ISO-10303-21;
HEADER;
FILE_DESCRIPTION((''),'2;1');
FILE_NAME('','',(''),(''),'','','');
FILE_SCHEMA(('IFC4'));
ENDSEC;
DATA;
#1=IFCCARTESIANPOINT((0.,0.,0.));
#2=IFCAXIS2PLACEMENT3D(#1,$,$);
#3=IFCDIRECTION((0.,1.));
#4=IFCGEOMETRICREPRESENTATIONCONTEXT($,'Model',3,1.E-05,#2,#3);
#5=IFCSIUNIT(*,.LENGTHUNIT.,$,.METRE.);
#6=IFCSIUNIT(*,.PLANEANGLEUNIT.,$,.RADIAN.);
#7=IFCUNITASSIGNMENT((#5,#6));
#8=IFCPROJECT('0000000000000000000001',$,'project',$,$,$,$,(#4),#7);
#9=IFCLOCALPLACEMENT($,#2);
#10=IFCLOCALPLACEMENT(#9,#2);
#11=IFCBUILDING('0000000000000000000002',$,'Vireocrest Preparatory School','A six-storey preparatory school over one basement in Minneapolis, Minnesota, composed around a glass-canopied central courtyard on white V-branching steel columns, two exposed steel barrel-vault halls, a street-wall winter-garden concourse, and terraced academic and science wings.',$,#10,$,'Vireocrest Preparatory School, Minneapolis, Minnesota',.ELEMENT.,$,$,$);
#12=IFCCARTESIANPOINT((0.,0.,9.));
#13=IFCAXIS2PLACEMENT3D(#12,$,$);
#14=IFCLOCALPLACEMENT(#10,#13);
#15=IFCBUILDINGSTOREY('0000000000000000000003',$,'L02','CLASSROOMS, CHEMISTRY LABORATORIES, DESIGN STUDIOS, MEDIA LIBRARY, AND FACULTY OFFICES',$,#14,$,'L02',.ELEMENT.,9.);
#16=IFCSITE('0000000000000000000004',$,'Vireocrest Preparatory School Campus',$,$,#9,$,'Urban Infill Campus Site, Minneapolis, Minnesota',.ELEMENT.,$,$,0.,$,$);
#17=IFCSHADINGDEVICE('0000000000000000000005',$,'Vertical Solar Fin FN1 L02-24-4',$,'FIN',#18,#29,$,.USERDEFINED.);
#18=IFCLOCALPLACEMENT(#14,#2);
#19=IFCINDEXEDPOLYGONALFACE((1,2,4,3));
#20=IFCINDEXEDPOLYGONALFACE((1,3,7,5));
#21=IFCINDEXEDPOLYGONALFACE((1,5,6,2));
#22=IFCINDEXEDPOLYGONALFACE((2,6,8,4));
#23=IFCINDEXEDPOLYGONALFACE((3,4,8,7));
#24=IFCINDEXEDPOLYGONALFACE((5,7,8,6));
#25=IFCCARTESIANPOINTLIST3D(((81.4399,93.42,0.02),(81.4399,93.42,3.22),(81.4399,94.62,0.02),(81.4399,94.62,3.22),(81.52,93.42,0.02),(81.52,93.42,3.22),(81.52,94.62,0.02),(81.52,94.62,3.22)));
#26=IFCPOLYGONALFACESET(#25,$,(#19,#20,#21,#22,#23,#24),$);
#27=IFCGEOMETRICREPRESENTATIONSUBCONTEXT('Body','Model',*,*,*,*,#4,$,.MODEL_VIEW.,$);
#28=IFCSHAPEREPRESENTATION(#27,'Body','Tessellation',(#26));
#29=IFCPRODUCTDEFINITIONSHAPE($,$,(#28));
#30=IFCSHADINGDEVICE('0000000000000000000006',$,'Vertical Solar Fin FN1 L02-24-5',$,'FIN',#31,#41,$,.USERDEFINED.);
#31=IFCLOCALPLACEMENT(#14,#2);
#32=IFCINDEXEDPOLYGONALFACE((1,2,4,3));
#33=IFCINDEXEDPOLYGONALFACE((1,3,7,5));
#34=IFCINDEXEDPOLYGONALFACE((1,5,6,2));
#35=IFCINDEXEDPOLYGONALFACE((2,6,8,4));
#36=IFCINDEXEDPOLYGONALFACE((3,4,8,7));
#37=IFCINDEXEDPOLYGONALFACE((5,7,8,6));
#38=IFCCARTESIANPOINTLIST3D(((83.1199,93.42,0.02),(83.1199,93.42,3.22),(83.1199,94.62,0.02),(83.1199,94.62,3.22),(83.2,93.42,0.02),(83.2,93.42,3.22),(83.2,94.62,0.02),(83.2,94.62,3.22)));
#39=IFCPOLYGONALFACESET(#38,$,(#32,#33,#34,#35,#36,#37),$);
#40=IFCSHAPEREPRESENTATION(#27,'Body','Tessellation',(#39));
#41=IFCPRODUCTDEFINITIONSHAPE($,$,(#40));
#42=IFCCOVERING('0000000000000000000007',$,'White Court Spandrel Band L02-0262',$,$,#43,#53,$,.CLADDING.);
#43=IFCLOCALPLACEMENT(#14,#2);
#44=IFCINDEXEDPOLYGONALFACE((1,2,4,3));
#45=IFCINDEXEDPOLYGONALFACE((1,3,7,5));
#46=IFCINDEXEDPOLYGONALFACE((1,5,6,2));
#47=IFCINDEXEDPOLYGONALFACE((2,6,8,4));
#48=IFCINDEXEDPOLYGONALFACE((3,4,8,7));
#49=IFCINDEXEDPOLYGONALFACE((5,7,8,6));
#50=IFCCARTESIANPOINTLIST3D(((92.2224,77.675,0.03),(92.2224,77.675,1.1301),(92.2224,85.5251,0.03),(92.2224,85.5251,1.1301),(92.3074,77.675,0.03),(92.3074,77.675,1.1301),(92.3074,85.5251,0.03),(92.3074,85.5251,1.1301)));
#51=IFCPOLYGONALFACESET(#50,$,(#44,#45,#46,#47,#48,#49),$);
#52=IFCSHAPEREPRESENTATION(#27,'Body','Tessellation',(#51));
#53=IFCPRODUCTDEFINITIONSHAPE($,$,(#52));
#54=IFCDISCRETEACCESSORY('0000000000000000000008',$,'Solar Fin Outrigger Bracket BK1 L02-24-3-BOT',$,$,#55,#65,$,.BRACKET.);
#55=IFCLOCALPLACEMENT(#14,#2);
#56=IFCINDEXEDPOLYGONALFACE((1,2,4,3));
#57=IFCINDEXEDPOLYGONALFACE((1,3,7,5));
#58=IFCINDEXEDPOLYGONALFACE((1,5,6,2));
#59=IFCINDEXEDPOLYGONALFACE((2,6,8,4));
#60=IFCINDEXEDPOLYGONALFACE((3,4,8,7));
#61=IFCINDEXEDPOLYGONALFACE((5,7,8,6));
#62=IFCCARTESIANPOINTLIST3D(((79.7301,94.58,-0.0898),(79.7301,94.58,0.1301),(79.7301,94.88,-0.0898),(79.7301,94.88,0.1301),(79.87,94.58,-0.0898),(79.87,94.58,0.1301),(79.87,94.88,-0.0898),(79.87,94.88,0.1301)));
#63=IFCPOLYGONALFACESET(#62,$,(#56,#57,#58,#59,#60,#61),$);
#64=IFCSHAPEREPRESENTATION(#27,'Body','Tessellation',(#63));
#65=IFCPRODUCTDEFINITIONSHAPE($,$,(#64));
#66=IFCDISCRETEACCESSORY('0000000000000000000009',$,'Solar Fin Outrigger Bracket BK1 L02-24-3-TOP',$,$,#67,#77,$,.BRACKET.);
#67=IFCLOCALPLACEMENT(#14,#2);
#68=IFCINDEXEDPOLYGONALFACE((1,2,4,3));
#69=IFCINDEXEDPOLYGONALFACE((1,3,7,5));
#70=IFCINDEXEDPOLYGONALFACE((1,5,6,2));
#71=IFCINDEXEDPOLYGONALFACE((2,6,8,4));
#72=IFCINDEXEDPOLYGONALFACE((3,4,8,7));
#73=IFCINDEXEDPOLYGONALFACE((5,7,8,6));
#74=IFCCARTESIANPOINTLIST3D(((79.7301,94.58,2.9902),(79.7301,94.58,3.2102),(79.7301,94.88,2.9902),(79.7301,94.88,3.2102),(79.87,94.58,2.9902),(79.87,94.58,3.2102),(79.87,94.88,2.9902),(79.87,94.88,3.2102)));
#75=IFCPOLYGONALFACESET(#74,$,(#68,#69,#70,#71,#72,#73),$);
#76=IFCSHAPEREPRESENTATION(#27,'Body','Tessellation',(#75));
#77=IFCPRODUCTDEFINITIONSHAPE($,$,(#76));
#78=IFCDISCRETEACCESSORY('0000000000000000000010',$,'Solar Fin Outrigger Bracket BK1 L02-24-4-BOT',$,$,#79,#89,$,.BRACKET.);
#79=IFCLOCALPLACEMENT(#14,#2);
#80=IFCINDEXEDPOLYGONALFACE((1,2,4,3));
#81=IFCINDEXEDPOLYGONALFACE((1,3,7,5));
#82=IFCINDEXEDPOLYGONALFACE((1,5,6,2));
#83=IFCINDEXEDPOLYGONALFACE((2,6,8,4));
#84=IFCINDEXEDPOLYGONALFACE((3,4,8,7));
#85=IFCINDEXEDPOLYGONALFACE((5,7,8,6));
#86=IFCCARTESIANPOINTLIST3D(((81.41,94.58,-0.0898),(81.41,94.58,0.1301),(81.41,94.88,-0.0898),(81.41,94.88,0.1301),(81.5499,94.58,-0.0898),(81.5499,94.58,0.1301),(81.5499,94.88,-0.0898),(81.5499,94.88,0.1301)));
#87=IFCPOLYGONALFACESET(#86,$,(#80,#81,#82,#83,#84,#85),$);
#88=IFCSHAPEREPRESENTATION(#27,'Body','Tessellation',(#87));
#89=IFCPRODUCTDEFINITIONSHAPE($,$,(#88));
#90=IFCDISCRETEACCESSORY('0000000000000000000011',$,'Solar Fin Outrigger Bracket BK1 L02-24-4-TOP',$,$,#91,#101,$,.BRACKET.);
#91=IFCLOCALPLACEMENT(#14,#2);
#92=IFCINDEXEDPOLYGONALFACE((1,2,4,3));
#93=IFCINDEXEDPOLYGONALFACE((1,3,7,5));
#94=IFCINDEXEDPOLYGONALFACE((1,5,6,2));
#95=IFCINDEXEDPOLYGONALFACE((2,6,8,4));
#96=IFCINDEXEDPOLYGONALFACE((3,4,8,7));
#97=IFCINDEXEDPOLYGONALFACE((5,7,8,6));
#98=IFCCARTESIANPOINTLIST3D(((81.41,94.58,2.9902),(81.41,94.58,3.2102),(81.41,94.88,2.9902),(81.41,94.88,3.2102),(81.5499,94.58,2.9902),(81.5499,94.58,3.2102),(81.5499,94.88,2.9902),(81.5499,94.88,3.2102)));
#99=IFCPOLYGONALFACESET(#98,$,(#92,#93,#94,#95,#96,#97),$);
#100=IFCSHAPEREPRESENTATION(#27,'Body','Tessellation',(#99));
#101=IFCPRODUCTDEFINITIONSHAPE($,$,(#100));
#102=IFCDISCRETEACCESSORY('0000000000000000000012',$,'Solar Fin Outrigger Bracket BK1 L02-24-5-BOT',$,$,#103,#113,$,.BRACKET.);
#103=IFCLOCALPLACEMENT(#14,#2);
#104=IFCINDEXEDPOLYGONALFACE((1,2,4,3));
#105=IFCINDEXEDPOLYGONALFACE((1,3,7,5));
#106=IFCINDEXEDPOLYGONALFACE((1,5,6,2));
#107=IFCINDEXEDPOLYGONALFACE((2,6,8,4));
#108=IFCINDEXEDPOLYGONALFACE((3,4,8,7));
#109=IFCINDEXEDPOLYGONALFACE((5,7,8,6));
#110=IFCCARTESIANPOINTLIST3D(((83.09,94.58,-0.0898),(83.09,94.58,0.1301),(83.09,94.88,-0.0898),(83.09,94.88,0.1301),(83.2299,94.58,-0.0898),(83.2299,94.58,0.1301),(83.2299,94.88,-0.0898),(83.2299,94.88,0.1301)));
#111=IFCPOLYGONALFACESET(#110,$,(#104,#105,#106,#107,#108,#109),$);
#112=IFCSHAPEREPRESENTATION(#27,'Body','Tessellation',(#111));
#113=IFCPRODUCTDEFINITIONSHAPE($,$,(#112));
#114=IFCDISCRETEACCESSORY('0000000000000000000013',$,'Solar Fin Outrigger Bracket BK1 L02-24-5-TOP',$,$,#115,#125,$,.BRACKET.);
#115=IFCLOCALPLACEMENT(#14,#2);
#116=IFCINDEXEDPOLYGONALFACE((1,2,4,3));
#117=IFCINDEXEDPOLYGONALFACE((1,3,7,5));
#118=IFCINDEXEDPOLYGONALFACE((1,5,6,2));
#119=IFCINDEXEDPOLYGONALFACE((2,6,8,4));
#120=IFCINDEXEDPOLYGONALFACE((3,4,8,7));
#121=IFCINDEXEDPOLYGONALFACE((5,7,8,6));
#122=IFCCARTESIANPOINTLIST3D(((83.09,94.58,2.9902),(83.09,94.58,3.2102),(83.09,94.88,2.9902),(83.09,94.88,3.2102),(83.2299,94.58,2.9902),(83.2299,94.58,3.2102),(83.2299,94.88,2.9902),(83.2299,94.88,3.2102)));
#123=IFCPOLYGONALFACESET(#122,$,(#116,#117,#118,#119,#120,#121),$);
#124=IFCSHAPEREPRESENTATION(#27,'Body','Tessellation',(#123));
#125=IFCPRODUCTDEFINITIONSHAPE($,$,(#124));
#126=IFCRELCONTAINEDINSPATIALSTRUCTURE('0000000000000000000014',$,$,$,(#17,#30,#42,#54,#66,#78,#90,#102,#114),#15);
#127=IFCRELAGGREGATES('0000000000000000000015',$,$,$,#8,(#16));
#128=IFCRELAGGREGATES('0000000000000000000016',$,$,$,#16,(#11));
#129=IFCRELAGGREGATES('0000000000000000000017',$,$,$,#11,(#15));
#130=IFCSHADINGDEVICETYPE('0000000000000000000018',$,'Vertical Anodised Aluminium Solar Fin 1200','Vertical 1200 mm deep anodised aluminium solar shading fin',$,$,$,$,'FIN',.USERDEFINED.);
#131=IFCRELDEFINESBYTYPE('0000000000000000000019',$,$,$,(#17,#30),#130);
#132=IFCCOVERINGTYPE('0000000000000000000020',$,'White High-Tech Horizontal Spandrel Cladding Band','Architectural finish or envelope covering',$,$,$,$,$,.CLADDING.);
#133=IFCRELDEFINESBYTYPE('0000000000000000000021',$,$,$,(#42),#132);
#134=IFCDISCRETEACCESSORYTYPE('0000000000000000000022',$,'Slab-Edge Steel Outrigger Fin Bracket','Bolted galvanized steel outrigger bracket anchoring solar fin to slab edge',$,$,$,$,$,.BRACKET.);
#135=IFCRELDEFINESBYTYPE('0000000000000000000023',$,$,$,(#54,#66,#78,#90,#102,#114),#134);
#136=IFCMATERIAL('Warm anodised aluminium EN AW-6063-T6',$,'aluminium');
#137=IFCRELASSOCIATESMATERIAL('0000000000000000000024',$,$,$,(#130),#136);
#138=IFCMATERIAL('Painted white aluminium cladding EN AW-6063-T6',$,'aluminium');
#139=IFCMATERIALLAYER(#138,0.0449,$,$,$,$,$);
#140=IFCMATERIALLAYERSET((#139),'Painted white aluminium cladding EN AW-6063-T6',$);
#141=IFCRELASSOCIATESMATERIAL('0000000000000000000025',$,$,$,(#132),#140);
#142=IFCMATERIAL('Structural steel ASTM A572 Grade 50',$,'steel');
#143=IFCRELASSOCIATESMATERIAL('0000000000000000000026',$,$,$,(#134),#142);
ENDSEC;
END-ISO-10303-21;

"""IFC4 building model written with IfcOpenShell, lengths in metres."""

from ifc_helpers import new_model, si_unit, direction, frame, origin, origin_2d, place, context, subcontext, project, spatial, rectangle, extrude, material, layer, layer_set, material_profile, profile_set, type_object, element, save


model = new_model("IFC4")

# Units and contexts
model_context = context("Model", 3, precision=1e-05, world=origin(), true_north=direction((0.0, 1.0)))
body_context = subcontext(model_context, "Body", "Model", "MODEL_VIEW")
ifc_project = project(units=[si_unit("LENGTHUNIT", "METRE"), si_unit("PLANEANGLEUNIT", "RADIAN")], contexts=[model_context])

# Site, building, storey
site_placement = place(None, origin())
site = spatial("IfcSite", under=ifc_project, at=site_placement, Name="Vireocrest Preparatory School Campus", LongName="Urban Infill Campus Site, Minneapolis, Minnesota", CompositionType="ELEMENT", RefElevation=0.0)
building_placement = place(site_placement, origin())
building = spatial("IfcBuilding", under=site, at=building_placement, Name="Vireocrest Preparatory School", Description="A six-storey preparatory school over one basement in Minneapolis, Minnesota, composed around a glass-canopied central courtyard on white V-branching steel columns, two exposed steel barrel-vault halls, a street-wall winter-garden concourse, and terraced academic and science wings.", LongName="Vireocrest Preparatory School, Minneapolis, Minnesota", CompositionType="ELEMENT")
storey_placement = place(building_placement, frame((0.0, 0.0, 9.0)))
storey = spatial("IfcBuildingStorey", under=building, at=storey_placement, Name="L02", Description="CLASSROOMS, CHEMISTRY LABORATORIES, DESIGN STUDIOS, MEDIA LIBRARY, AND FACULTY OFFICES", LongName="L02", CompositionType="ELEMENT", Elevation=9.0)

# Shared definitions
ifc_material_1 = material(Name="Painted white aluminium cladding EN AW-6063-T6", Category="aluminium")

# Shading devices
ifc_material_2 = material(Name="Warm anodised aluminium EN AW-6063-T6", Category="aluminium")
ifc_material_profile_1 = material_profile(ifc_material_2, rectangle(XDim=0.0801, YDim=1.2, at=origin_2d()), Name="FIN 80x1200")
ifc_profile_set_1 = profile_set([ifc_material_profile_1], Name="Warm anodised aluminium EN AW-6063-T6")
shading_device_type = type_object("IfcShadingDeviceType", Name="Vertical Anodised Aluminium Solar Fin 1200", Description="Vertical 1200 mm deep anodised aluminium solar shading fin", ElementType="FIN", PredefinedType="USERDEFINED", material=ifc_profile_set_1)
for number, where, z_axis, x_axis, name in (
    (1, (81.48, 94.02, 0.02), (0.0, 0.0, 1.0), (-1.0, 0.0, 0.0), "Vertical Solar Fin FN1 L02-24-4"),
    (2, (83.1599, 94.02, 0.02), (0.0, 0.0, 1.0), (-1.0, 0.0, 0.0), "Vertical Solar Fin FN1 L02-24-5"),
):
    element("IfcShadingDevice", number, at=place(storey_placement, frame(where, z_axis=z_axis, x_axis=x_axis)), inside=storey, type_object=shading_device_type, Name=name, ObjectType="FIN", PredefinedType="USERDEFINED", context=body_context, shape_type="SweptSolid", body=[
        extrude(rectangle(XDim=0.0801, YDim=1.2, at=origin_2d()), origin(), (0.0, 0.0, 1.0), 3.2),
    ])

# Covering
ifc_layer_1 = layer(ifc_material_1, 0.0449)
ifc_layer_set_1 = layer_set([ifc_layer_1], Name="Painted white aluminium cladding EN AW-6063-T6")
covering_type = type_object("IfcCoveringType", Name="White High-Tech Horizontal Spandrel Cladding Band", Description="Architectural finish or envelope covering", PredefinedType="CLADDING", material=ifc_layer_set_1)
covering_placement = place(storey_placement, frame((92.2649, 81.6001, 0.03), z_axis=(0.0, 0.0, 1.0), x_axis=(1.0, 0.0, 0.0)))
element("IfcCovering", 3, at=covering_placement, inside=storey, type_object=covering_type, Name="White Court Spandrel Band L02-0262", PredefinedType="CLADDING", context=body_context, shape_type="SweptSolid", body=[
    extrude(rectangle(XDim=0.085, YDim=7.8501, at=origin_2d()), origin(), (0.0, 0.0, 1.0), 1.1001),
])

# Discrete accessories
ifc_material_3 = material(Name="Structural steel ASTM A572 Grade 50", Category="steel")
discrete_accessory_type = type_object("IfcDiscreteAccessoryType", Name="Slab-Edge Steel Outrigger Fin Bracket", Description="Bolted galvanized steel outrigger bracket anchoring solar fin to slab edge", PredefinedType="BRACKET", material=ifc_material_3)
for number, where, z_axis, x_axis, name in (
    (4, (79.8, 94.73, -0.0898), (0.0, 0.0, 1.0), (-1.0, 0.0, 0.0), "Solar Fin Outrigger Bracket BK1 L02-24-3-BOT"),
    (5, (79.8, 94.73, 2.9902), (0.0, 0.0, 1.0), (-1.0, 0.0, 0.0), "Solar Fin Outrigger Bracket BK1 L02-24-3-TOP"),
    (6, (81.48, 94.73, -0.0898), (0.0, 0.0, 1.0), (-1.0, 0.0, 0.0), "Solar Fin Outrigger Bracket BK1 L02-24-4-BOT"),
    (7, (81.48, 94.73, 2.9902), (0.0, 0.0, 1.0), (-1.0, 0.0, 0.0), "Solar Fin Outrigger Bracket BK1 L02-24-4-TOP"),
    (8, (83.1599, 94.73, -0.0898), (0.0, 0.0, 1.0), (-1.0, 0.0, 0.0), "Solar Fin Outrigger Bracket BK1 L02-24-5-BOT"),
    (9, (83.1599, 94.73, 2.9902), (0.0, 0.0, 1.0), (-1.0, 0.0, 0.0), "Solar Fin Outrigger Bracket BK1 L02-24-5-TOP"),
):
    element("IfcDiscreteAccessory", number, at=place(storey_placement, frame(where, z_axis=z_axis, x_axis=x_axis)), inside=storey, type_object=discrete_accessory_type, Name=name, PredefinedType="BRACKET", context=body_context, shape_type="SweptSolid", body=[
        extrude(rectangle(XDim=0.1399, YDim=0.3, at=origin_2d()), origin(), (0.0, 0.0, 1.0), 0.22),
    ])

save(model, "model.ifc")
